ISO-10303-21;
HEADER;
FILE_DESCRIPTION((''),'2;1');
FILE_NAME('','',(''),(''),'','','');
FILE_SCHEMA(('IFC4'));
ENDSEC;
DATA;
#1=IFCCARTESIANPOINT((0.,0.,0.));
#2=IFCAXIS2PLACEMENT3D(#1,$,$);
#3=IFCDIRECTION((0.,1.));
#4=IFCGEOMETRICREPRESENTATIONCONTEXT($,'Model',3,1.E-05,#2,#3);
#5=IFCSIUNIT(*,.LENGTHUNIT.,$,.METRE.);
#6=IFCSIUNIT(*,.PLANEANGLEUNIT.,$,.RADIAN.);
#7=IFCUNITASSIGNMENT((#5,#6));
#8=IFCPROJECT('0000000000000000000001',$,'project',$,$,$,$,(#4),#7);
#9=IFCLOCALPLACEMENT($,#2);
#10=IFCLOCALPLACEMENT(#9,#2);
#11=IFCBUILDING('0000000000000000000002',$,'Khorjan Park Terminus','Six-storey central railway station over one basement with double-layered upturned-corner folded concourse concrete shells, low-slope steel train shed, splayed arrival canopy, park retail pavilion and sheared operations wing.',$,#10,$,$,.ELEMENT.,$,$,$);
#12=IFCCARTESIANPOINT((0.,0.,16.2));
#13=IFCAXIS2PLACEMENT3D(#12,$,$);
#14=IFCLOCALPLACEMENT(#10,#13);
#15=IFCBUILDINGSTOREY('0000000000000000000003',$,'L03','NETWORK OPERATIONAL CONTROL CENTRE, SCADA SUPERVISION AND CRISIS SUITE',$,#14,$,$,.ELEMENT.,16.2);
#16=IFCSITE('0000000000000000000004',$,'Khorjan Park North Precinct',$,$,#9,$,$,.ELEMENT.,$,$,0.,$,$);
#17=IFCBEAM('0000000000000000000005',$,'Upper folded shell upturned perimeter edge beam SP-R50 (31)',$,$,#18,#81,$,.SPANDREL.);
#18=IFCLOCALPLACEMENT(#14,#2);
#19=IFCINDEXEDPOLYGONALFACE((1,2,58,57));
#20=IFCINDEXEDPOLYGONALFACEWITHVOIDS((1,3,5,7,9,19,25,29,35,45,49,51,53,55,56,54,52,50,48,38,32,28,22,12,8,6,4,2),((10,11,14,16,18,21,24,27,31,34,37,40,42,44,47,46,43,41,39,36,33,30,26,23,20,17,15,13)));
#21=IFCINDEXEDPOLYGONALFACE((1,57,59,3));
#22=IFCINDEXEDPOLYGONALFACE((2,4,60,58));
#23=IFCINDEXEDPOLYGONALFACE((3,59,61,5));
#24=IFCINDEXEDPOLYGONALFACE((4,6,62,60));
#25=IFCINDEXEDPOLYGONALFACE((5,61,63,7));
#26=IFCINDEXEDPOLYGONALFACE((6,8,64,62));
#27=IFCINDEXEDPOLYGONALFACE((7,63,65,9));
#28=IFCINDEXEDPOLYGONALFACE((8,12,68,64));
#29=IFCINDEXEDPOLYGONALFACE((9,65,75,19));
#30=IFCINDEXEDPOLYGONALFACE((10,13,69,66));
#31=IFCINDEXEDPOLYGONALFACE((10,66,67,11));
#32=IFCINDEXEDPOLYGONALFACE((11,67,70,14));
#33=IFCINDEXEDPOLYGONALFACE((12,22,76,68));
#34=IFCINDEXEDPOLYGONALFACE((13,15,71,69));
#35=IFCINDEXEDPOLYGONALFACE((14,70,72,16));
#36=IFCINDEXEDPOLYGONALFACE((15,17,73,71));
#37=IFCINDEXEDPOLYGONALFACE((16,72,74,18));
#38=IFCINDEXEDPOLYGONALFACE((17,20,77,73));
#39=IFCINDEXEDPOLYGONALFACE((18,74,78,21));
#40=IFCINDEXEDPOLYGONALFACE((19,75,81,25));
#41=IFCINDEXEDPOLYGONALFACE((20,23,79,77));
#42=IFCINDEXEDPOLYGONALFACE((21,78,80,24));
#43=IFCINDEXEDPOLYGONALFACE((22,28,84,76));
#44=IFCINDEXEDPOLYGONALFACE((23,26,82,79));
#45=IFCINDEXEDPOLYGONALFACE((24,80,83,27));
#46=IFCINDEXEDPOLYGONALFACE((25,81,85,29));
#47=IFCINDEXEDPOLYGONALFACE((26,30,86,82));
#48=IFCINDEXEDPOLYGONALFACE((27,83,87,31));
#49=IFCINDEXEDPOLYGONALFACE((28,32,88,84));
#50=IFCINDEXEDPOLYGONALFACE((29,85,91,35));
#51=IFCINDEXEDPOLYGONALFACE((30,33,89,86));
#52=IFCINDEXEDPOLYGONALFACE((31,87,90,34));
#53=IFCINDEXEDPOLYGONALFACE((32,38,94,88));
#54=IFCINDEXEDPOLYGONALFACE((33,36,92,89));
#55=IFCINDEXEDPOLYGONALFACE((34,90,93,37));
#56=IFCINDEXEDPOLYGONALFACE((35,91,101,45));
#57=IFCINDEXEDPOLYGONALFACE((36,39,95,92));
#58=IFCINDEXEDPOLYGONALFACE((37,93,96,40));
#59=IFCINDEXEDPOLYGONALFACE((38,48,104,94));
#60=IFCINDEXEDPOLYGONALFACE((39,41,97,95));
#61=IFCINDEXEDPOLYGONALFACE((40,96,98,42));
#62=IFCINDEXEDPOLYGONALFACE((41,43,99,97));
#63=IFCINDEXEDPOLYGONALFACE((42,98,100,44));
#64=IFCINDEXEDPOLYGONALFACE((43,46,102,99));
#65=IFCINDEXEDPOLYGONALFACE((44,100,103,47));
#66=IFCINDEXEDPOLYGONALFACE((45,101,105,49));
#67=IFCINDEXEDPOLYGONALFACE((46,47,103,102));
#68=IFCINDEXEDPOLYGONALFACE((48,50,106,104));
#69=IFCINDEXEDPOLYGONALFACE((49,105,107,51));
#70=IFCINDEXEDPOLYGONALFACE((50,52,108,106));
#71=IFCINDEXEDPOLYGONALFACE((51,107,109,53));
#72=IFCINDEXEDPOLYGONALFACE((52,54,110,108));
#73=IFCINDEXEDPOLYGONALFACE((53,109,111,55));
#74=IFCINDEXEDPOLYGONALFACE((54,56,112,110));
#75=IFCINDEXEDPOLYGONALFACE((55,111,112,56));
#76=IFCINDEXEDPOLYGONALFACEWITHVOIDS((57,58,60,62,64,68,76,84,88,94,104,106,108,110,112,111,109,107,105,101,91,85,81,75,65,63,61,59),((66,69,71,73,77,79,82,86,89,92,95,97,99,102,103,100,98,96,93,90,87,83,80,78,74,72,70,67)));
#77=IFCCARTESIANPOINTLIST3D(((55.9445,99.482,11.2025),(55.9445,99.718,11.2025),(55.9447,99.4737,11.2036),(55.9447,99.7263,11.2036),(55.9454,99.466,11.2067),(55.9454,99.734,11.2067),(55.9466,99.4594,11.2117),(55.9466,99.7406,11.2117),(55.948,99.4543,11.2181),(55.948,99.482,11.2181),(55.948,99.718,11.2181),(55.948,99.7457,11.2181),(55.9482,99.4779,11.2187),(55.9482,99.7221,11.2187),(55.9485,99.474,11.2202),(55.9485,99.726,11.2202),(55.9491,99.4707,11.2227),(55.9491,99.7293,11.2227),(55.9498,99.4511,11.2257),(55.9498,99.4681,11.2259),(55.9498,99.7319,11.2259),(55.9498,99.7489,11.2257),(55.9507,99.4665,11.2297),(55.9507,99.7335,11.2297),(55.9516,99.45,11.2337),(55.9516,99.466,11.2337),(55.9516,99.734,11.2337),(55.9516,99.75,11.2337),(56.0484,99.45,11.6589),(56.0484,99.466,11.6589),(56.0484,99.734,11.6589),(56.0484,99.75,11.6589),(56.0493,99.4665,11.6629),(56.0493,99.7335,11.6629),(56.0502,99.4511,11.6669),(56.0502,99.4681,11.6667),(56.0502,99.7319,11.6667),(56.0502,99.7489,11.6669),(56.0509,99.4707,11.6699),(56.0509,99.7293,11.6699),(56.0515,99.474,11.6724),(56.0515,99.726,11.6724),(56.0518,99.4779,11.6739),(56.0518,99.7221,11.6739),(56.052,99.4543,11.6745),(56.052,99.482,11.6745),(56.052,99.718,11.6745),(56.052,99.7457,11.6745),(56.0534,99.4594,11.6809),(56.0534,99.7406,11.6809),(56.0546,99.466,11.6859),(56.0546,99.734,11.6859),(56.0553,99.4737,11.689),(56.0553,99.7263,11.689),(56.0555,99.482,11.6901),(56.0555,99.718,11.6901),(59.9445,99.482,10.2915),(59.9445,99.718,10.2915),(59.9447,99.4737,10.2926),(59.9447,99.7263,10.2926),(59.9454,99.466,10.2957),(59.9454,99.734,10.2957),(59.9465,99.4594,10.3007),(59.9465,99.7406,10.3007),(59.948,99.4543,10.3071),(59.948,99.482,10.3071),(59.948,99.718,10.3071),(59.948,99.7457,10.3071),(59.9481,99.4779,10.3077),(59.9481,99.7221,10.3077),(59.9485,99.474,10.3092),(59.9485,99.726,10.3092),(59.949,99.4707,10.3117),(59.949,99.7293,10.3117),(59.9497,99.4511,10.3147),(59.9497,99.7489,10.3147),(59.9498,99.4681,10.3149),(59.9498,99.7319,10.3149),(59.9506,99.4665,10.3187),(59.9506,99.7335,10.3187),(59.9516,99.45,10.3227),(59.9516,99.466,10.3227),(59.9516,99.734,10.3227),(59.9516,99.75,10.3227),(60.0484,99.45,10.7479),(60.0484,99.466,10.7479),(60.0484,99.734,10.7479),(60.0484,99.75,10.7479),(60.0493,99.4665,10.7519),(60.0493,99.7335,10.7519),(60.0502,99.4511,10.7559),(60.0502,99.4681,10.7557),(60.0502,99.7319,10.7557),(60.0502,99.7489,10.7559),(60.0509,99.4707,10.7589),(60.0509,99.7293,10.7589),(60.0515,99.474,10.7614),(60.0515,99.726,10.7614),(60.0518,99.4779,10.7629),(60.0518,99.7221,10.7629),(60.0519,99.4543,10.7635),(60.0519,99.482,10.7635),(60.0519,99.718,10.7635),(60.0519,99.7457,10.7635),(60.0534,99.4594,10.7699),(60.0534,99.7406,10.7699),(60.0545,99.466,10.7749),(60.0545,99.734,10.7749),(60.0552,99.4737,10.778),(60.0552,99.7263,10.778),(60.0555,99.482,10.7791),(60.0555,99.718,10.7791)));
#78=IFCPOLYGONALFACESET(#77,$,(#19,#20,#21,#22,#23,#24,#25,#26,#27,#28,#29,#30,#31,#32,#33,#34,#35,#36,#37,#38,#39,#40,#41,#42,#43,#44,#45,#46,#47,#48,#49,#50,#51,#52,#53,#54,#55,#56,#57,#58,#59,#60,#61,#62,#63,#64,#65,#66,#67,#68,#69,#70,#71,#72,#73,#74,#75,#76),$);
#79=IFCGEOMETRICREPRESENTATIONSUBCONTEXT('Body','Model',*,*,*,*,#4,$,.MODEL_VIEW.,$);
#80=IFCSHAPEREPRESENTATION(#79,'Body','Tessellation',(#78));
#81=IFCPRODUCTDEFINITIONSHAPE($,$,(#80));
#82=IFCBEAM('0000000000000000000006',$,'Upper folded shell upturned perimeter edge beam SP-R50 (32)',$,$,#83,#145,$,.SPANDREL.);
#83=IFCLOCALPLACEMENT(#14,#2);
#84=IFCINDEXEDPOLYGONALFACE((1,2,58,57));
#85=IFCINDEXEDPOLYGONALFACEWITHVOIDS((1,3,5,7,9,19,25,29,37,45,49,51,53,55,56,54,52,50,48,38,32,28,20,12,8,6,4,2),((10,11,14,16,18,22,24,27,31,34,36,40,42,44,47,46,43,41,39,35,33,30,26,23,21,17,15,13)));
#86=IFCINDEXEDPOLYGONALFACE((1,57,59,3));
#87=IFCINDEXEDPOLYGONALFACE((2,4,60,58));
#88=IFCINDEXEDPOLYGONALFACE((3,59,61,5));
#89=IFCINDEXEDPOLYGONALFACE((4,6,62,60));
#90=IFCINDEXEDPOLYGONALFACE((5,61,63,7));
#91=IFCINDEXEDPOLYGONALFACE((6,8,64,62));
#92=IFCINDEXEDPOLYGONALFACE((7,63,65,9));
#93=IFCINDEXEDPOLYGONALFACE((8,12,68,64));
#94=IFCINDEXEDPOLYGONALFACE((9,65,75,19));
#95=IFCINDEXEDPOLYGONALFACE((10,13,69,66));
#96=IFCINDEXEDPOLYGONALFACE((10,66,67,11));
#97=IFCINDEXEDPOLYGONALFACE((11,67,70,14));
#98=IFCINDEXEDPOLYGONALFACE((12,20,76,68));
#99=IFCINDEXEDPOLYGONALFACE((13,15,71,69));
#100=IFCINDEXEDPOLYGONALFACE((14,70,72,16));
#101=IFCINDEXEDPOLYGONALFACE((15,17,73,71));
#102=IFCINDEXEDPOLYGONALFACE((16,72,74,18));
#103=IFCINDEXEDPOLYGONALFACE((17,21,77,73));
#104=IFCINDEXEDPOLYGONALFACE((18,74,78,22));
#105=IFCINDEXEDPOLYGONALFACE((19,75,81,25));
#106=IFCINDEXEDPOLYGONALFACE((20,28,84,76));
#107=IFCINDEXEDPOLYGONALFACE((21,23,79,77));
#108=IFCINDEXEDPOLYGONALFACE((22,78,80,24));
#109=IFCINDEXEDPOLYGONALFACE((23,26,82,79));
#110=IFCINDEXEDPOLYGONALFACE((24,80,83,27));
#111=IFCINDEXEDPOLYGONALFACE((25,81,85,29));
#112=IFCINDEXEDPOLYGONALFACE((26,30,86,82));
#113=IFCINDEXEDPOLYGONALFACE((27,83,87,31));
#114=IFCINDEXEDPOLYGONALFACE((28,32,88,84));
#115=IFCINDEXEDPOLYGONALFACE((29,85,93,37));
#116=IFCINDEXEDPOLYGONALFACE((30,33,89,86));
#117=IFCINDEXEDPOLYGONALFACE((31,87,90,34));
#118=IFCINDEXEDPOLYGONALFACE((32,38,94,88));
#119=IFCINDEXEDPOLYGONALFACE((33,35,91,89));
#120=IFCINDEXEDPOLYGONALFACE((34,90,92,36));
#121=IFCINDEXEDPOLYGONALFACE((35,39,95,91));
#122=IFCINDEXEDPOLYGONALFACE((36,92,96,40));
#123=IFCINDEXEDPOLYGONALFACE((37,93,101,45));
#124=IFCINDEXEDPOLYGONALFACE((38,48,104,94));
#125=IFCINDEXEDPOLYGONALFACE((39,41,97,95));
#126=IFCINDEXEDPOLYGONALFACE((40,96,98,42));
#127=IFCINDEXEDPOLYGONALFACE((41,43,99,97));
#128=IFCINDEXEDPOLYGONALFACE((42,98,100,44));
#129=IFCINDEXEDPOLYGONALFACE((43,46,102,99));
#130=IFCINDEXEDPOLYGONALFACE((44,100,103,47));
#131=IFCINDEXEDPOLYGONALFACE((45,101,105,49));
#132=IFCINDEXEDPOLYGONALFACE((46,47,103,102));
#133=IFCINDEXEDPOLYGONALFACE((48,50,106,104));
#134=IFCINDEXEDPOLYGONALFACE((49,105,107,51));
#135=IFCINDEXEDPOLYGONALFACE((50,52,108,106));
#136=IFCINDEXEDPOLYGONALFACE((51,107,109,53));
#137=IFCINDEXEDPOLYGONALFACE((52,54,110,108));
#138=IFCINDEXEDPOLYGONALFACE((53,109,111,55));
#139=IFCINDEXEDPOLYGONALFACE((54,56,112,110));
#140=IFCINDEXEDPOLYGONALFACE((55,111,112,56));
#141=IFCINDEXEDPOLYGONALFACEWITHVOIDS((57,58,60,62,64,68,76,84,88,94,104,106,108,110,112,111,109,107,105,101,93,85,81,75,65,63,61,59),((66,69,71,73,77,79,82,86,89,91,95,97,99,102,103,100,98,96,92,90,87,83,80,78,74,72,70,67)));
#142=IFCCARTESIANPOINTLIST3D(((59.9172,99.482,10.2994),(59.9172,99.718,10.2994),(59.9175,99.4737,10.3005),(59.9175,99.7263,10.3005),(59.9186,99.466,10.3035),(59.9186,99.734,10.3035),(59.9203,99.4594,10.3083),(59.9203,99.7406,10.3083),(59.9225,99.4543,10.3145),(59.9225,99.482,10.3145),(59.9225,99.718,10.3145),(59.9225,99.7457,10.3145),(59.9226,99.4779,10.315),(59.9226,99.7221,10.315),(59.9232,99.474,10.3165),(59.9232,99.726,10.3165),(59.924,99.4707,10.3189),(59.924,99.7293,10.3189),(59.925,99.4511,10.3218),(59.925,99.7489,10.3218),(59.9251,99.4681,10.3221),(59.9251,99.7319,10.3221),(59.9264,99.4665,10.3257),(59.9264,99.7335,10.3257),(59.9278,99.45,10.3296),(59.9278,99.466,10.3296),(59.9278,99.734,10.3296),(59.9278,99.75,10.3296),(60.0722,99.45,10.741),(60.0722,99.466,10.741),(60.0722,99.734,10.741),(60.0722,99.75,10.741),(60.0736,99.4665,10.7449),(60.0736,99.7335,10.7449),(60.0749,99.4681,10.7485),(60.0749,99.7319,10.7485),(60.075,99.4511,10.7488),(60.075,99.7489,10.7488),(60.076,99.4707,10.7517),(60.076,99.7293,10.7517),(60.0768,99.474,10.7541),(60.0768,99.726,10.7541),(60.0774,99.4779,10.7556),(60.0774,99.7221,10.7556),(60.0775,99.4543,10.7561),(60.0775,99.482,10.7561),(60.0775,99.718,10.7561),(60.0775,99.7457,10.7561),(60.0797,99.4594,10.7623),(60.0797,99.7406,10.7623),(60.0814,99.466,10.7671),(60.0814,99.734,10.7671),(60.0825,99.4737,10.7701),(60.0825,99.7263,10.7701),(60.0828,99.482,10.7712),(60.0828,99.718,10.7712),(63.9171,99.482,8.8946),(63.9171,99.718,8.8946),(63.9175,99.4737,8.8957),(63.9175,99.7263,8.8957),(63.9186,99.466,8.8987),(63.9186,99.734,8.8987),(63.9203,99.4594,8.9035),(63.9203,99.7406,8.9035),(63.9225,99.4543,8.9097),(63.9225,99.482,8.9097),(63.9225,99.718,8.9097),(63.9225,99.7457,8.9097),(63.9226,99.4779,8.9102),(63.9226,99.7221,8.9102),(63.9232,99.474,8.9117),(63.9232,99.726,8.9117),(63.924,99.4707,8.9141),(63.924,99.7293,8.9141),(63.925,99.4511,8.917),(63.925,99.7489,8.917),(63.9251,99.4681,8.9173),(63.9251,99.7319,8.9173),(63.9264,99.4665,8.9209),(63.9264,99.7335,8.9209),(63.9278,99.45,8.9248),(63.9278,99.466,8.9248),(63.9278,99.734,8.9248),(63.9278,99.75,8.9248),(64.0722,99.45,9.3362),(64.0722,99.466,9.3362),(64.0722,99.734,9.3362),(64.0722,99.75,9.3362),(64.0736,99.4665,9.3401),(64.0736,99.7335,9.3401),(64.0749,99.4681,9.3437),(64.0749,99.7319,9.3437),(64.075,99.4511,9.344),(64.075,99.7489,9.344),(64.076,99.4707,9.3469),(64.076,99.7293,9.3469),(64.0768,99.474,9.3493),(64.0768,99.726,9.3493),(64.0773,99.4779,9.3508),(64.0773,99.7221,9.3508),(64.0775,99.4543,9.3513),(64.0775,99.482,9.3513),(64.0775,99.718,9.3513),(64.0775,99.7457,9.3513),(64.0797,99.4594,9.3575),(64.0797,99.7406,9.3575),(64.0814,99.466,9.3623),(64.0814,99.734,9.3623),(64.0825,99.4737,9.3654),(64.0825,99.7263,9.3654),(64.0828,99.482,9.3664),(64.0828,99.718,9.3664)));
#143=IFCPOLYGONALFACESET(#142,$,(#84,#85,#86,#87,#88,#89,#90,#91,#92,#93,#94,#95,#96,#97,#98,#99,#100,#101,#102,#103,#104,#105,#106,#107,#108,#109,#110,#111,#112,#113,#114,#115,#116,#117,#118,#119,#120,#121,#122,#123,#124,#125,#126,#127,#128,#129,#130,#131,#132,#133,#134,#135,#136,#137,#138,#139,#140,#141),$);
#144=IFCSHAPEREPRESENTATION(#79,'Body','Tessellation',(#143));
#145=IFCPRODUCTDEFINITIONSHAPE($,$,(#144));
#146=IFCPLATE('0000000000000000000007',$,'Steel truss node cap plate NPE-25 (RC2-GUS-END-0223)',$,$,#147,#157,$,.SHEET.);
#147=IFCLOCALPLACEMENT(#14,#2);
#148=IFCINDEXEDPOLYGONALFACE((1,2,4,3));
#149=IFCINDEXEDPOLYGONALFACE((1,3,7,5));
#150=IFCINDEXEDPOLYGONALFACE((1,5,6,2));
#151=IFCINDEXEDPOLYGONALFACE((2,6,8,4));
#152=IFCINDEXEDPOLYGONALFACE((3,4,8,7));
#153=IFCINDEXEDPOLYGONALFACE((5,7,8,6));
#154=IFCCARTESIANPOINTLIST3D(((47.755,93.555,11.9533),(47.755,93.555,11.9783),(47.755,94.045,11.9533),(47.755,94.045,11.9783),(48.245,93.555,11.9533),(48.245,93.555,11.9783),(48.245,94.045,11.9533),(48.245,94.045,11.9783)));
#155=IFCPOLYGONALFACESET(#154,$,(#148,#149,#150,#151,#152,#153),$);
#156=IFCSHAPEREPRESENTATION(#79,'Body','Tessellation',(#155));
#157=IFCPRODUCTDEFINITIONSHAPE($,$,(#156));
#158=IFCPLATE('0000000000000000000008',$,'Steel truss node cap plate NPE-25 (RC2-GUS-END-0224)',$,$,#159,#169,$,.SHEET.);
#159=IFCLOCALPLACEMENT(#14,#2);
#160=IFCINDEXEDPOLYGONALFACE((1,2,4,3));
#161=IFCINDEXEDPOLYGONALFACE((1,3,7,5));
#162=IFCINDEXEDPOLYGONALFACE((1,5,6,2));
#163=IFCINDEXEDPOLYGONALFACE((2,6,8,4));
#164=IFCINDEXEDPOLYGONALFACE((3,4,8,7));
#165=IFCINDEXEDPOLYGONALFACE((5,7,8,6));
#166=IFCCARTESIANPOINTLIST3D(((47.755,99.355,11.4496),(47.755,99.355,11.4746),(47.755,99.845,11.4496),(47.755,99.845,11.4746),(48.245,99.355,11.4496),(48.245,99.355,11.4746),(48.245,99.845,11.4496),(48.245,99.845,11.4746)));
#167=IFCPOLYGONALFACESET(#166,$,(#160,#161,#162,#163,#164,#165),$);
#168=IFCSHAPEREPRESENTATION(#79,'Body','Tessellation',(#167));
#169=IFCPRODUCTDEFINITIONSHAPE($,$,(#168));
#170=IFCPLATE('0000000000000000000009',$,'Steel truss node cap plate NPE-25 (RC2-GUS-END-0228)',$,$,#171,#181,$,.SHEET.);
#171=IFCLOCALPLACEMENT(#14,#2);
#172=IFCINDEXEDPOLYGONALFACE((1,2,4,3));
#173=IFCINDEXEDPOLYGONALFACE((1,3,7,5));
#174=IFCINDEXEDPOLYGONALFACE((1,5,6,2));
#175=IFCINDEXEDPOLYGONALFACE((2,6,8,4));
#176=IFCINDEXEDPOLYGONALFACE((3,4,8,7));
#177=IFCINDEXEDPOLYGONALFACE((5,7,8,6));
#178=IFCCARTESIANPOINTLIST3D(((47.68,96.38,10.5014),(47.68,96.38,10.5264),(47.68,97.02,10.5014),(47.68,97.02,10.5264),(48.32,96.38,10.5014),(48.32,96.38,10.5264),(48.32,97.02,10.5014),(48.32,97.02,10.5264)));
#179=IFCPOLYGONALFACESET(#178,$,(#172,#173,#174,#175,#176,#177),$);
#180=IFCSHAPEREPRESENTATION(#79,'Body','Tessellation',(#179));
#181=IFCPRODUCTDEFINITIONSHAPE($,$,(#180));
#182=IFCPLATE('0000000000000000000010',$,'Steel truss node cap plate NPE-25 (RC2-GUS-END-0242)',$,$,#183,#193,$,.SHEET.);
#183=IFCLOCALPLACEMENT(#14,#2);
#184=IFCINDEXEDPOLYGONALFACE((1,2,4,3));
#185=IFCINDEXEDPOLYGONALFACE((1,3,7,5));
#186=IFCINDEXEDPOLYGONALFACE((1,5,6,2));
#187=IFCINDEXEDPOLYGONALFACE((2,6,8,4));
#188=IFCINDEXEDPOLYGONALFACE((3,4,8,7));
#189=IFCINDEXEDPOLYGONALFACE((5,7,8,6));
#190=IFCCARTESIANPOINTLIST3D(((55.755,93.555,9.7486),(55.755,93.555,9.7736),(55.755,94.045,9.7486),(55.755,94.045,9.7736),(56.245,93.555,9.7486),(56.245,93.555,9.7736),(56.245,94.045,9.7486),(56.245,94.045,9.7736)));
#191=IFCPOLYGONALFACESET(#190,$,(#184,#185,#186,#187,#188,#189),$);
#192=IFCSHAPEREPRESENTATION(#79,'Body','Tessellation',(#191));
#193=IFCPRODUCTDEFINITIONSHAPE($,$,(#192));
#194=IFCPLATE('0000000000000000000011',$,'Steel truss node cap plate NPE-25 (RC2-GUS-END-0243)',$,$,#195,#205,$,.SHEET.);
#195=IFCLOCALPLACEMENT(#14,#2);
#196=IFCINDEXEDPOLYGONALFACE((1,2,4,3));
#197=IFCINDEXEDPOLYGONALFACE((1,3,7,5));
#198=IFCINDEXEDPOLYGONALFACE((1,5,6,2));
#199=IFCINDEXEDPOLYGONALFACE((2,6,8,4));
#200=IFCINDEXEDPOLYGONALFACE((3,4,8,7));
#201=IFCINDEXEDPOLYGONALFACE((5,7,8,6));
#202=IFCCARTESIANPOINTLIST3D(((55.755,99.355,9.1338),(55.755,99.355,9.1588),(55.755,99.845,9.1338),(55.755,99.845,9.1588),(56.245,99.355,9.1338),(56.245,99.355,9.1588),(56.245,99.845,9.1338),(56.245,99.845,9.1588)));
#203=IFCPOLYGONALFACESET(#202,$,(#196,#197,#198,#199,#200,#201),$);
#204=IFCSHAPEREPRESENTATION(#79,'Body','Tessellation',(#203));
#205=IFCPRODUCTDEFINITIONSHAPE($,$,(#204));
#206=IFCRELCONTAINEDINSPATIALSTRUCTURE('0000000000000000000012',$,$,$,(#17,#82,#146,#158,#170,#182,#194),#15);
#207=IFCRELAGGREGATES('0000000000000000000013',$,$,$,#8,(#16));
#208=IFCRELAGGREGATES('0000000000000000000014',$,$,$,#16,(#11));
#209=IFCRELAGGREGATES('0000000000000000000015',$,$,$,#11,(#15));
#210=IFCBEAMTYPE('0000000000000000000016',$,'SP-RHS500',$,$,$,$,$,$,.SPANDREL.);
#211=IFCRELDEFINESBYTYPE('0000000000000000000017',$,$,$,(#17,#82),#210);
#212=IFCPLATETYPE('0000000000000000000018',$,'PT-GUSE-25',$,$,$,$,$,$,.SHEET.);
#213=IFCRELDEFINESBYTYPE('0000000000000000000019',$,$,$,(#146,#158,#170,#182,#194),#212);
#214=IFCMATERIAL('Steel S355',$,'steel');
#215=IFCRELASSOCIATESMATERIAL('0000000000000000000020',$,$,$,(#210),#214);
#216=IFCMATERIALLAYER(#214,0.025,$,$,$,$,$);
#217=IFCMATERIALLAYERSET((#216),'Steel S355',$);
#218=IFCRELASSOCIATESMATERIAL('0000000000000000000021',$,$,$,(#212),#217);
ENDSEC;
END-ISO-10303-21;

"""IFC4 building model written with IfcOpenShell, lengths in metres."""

from ifc_helpers import new_model, si_unit, direction, frame, origin, origin_2d, place, context, subcontext, project, spatial, rectangle, hollow_rectangle, extrude, material, layer, layer_set, material_profile, profile_set, type_object, element, save


model = new_model("IFC4")

# Units and contexts
model_context = context("Model", 3, precision=1e-05, world=origin(), true_north=direction((0.0, 1.0)))
body_context = subcontext(model_context, "Body", "Model", "MODEL_VIEW")
ifc_project = project(units=[si_unit("LENGTHUNIT", "METRE"), si_unit("PLANEANGLEUNIT", "RADIAN")], contexts=[model_context])

# Site, building, storey
site_placement = place(None, origin())
site = spatial("IfcSite", under=ifc_project, at=site_placement, Name="Khorjan Park North Precinct", CompositionType="ELEMENT", RefElevation=0.0)
building_placement = place(site_placement, origin())
building = spatial("IfcBuilding", under=site, at=building_placement, Name="Khorjan Park Terminus", Description="Six-storey central railway station over one basement with double-layered upturned-corner folded concourse concrete shells, low-slope steel train shed, splayed arrival canopy, park retail pavilion and sheared operations wing.", CompositionType="ELEMENT")
storey_placement = place(building_placement, frame((0.0, 0.0, 16.2)))
storey = spatial("IfcBuildingStorey", under=building, at=storey_placement, Name="L03", Description="NETWORK OPERATIONAL CONTROL CENTRE, SCADA SUPERVISION AND CRISIS SUITE", CompositionType="ELEMENT", Elevation=16.2)

# Shared definitions
ifc_material_1 = material(Name="Steel S355", Category="steel")

# Beams
ifc_material_profile_1 = material_profile(ifc_material_1, hollow_rectangle(XDim=0.3, YDim=0.5, WallThickness=0.016, InnerFilletRadius=0.016, OuterFilletRadius=0.032, at=origin_2d()), Name="RHS 500x300x16")
ifc_profile_set_1 = profile_set([ifc_material_profile_1], Name="Steel S355")
beam_type_1 = type_object("IfcBeamType", Name="SP-RHS500", PredefinedType="SPANDREL", material=ifc_profile_set_1)
beam_1_placement = place(storey_placement, frame((56.0, 99.6, 11.4463), z_axis=(0.975032, 0.0, -0.222064), x_axis=(0.0, 1.0, 0.0)))
element("IfcBeam", 1, at=beam_1_placement, inside=storey, type_object=beam_type_1, Name="Upper folded shell upturned perimeter edge beam SP-R50 (31)", PredefinedType="SPANDREL", context=body_context, shape_type="SweptSolid", body=[
    extrude(hollow_rectangle(XDim=0.3, YDim=0.5, WallThickness=0.016, InnerFilletRadius=0.016, OuterFilletRadius=0.032, at=origin_2d()), origin(), (0.0, 0.0, 1.0), 4.1024),
])
beam_2_placement = place(storey_placement, frame((60.0, 99.6, 10.5353), z_axis=(0.943505, 0.0, -0.331359), x_axis=(0.0, 1.0, 0.0)))
element("IfcBeam", 2, at=beam_2_placement, inside=storey, type_object=beam_type_1, Name="Upper folded shell upturned perimeter edge beam SP-R50 (32)", PredefinedType="SPANDREL", context=body_context, shape_type="SweptSolid", body=[
    extrude(hollow_rectangle(XDim=0.3, YDim=0.5, WallThickness=0.016, InnerFilletRadius=0.016, OuterFilletRadius=0.032, at=origin_2d()), origin(), (0.0, 0.0, 1.0), 4.2395),
])

# Plates
ifc_layer_1 = layer(ifc_material_1, 0.025)
ifc_layer_set_1 = layer_set([ifc_layer_1], Name="Steel S355")
plate_type_1 = type_object("IfcPlateType", Name="PT-GUSE-25", PredefinedType="SHEET", material=ifc_layer_set_1)
for number, where, z_axis, x_axis, name in (
    (3, (48.0, 93.8, 11.9533), (0.0, 0.0, 1.0), (1.0, 0.0, 0.0), "Steel truss node cap plate NPE-25 (RC2-GUS-END-0223)"),
    (4, (48.0, 99.6, 11.4496), (0.0, 0.0, 1.0), (1.0, 0.0, 0.0), "Steel truss node cap plate NPE-25 (RC2-GUS-END-0224)"),
):
    element("IfcPlate", number, at=place(storey_placement, frame(where, z_axis=z_axis, x_axis=x_axis)), inside=storey, type_object=plate_type_1, Name=name, PredefinedType="SHEET", context=body_context, shape_type="SweptSolid", body=[
        extrude(rectangle(XDim=0.49, YDim=0.49, at=origin_2d()), origin(), (0.0, 0.0, 1.0), 0.025),
    ])
plate_1_placement = place(storey_placement, frame((48.0, 96.7, 10.5014), z_axis=(0.0, 0.0, 1.0), x_axis=(1.0, 0.0, 0.0)))
element("IfcPlate", 5, at=plate_1_placement, inside=storey, type_object=plate_type_1, Name="Steel truss node cap plate NPE-25 (RC2-GUS-END-0228)", PredefinedType="SHEET", context=body_context, shape_type="SweptSolid", body=[
    extrude(rectangle(XDim=0.64, YDim=0.64, at=origin_2d()), origin(), (0.0, 0.0, 1.0), 0.025),
])
for number, where, z_axis, x_axis, name in (
    (6, (56.0, 93.8, 9.7486), (0.0, 0.0, 1.0), (1.0, 0.0, 0.0), "Steel truss node cap plate NPE-25 (RC2-GUS-END-0242)"),
    (7, (56.0, 99.6, 9.1338), (0.0, 0.0, 1.0), (1.0, 0.0, 0.0), "Steel truss node cap plate NPE-25 (RC2-GUS-END-0243)"),
):
    element("IfcPlate", number, at=place(storey_placement, frame(where, z_axis=z_axis, x_axis=x_axis)), inside=storey, type_object=plate_type_1, Name=name, PredefinedType="SHEET", context=body_context, shape_type="SweptSolid", body=[
        extrude(rectangle(XDim=0.49, YDim=0.49, at=origin_2d()), origin(), (0.0, 0.0, 1.0), 0.025),
    ])

save(model, "model.ifc")
